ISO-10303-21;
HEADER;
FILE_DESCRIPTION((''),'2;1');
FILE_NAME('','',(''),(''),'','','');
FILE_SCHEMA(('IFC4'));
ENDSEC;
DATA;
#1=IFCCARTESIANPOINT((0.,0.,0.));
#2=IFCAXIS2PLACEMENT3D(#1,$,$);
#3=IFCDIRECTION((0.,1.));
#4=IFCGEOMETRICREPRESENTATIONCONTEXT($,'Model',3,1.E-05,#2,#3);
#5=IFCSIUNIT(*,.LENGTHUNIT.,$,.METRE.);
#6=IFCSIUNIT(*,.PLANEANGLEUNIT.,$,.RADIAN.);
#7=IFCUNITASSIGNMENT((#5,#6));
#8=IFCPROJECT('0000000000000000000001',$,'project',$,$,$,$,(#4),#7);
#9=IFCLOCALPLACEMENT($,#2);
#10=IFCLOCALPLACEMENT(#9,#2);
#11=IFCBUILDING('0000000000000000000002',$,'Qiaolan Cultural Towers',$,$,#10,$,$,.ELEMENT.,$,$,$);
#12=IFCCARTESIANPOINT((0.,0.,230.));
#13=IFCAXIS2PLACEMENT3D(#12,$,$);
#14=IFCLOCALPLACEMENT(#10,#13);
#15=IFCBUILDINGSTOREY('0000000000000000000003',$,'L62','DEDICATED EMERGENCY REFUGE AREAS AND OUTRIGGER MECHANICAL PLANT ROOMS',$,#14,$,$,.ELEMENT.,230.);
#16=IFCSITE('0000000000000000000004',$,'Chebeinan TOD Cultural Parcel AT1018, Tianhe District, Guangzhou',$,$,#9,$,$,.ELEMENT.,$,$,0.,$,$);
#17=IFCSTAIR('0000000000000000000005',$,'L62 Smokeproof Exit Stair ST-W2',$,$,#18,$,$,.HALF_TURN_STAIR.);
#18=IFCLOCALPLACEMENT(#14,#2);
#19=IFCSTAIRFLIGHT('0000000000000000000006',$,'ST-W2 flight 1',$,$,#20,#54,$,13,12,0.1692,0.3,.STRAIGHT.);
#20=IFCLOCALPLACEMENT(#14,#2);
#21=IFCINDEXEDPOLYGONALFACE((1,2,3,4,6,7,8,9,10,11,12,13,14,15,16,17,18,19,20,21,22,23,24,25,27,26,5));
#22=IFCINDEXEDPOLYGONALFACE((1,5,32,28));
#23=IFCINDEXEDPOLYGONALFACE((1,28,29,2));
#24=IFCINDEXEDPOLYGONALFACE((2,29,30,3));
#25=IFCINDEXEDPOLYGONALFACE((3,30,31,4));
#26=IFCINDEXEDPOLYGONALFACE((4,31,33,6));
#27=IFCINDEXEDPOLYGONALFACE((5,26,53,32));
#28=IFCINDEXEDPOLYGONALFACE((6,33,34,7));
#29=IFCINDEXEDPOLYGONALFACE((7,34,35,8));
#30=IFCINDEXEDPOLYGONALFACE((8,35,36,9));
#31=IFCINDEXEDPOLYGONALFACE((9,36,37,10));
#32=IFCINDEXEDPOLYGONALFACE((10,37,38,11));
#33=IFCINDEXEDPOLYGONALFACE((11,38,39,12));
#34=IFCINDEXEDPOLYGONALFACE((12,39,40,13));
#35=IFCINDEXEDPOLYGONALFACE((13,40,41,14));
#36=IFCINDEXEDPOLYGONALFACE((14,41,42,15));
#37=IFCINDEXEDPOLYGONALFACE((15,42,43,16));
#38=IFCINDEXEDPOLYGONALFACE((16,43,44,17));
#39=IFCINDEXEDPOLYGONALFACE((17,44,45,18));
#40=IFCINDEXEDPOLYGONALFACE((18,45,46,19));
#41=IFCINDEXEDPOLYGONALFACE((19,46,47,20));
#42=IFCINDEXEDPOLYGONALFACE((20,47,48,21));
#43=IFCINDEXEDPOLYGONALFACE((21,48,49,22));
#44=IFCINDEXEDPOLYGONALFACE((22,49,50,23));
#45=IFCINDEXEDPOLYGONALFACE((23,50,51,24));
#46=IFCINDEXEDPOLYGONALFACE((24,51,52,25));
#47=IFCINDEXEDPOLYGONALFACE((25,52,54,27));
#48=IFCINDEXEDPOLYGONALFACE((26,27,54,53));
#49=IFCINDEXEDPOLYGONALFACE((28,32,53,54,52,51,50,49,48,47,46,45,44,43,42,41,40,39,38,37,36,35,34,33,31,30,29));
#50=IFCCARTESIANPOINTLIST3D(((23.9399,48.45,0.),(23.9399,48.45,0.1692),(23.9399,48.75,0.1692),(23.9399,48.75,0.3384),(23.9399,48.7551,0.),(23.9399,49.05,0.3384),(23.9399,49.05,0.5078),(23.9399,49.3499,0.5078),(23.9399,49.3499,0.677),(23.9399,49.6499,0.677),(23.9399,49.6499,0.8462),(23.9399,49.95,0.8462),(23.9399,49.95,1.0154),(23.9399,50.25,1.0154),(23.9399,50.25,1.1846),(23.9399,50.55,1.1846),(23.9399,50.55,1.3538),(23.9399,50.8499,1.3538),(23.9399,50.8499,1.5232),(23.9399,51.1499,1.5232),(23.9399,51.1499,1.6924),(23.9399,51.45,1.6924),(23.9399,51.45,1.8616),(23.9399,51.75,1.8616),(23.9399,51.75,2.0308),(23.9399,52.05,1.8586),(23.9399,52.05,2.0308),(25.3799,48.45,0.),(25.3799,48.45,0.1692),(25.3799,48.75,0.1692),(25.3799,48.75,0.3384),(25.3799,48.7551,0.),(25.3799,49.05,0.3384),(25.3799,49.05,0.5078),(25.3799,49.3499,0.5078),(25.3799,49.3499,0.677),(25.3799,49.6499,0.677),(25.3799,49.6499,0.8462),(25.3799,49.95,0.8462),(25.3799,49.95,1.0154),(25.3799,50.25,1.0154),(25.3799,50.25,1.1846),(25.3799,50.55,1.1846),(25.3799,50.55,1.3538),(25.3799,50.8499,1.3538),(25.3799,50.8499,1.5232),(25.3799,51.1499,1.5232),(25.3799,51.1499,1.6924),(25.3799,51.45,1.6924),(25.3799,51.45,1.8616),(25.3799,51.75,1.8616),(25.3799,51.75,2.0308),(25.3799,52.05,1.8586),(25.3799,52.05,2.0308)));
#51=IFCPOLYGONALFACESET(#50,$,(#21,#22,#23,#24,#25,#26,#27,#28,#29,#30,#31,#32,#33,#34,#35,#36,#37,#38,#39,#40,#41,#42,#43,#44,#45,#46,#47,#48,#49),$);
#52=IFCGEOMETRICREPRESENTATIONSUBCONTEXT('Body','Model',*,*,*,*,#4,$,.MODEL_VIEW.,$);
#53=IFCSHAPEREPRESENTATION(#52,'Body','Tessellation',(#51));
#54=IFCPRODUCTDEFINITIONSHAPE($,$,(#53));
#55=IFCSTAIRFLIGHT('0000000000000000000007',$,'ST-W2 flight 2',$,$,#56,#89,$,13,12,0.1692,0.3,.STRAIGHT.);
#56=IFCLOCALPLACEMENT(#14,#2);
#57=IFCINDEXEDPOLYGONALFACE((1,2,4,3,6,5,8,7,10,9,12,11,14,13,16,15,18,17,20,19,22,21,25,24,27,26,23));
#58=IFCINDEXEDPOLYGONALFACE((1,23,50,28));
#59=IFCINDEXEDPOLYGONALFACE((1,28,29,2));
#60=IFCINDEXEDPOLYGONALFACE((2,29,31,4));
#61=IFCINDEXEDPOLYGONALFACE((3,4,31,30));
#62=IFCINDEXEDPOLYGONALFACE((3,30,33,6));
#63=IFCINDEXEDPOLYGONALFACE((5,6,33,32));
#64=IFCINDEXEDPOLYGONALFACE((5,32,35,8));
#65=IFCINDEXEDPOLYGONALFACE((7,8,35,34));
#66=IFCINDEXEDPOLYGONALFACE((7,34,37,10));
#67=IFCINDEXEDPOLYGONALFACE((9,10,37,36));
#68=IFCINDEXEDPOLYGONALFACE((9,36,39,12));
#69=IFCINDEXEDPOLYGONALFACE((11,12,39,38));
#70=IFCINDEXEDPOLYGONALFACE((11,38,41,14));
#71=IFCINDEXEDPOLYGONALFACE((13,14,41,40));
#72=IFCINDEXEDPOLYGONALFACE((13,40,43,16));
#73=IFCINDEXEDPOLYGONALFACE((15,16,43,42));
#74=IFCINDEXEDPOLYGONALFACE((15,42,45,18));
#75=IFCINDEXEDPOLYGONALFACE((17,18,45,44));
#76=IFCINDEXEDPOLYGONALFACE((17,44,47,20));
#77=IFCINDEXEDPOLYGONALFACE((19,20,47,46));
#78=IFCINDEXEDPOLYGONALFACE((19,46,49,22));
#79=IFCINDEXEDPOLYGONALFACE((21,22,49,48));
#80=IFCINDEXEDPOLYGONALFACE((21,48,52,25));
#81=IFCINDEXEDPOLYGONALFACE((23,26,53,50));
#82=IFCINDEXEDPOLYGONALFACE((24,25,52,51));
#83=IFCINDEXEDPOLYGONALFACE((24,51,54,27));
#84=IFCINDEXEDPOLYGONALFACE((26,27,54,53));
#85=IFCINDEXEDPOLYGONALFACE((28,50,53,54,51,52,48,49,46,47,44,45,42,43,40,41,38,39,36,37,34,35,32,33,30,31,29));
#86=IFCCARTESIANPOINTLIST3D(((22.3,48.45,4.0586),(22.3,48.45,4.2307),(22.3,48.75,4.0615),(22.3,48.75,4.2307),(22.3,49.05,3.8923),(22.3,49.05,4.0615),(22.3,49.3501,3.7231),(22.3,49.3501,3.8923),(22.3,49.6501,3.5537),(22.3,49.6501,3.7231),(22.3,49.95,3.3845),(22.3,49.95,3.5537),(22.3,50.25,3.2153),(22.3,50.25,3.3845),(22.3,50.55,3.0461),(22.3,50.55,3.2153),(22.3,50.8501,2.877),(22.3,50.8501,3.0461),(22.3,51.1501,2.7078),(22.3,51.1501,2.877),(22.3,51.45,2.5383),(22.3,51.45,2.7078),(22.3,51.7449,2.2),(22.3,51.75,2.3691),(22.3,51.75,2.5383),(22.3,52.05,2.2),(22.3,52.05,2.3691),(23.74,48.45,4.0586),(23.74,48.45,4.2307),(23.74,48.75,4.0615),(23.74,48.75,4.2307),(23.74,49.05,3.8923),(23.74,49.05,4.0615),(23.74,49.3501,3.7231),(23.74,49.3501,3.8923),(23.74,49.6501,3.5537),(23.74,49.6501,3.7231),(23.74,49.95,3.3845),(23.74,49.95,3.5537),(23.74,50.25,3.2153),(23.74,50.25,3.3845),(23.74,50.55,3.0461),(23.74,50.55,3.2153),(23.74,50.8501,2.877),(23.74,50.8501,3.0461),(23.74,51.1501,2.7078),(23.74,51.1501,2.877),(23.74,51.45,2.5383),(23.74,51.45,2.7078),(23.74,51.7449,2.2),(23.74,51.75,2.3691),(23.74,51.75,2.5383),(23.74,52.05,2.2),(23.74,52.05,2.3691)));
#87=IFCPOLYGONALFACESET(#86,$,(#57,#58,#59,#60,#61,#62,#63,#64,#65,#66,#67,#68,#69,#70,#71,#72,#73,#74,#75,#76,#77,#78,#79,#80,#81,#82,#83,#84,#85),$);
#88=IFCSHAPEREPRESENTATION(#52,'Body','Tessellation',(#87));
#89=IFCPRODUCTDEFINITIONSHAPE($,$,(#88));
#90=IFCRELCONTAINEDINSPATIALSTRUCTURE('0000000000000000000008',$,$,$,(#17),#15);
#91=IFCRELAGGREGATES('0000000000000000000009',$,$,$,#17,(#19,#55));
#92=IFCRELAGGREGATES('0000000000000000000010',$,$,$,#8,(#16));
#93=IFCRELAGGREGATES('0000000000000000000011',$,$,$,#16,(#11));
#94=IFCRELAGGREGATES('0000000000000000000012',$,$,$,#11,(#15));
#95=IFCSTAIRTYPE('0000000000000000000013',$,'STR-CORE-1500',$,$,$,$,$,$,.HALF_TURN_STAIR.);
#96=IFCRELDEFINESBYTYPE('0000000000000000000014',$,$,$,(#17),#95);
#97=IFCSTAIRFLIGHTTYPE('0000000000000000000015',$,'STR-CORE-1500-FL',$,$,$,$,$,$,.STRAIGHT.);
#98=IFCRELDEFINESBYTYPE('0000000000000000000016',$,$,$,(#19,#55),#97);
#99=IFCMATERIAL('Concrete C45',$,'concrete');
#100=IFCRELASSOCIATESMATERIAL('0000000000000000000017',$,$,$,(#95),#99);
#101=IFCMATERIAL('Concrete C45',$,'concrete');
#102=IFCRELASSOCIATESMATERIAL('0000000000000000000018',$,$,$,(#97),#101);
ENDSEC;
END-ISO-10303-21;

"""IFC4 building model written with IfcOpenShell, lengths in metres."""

from ifc_helpers import new_model, si_unit, direction, frame, origin, place, context, subcontext, project, spatial, polyline, outline, extrude, material, type_object, element, aggregate, save


model = new_model("IFC4")

# Units and contexts
model_context = context("Model", 3, precision=1e-05, world=origin(), true_north=direction((0.0, 1.0)))
body_context = subcontext(model_context, "Body", "Model", "MODEL_VIEW")
ifc_project = project(units=[si_unit("LENGTHUNIT", "METRE"), si_unit("PLANEANGLEUNIT", "RADIAN")], contexts=[model_context])

# Site, building, storey
site_placement = place(None, origin())
site = spatial("IfcSite", under=ifc_project, at=site_placement, Name="Chebeinan TOD Cultural Parcel AT1018, Tianhe District, Guangzhou", CompositionType="ELEMENT", RefElevation=0.0)
building_placement = place(site_placement, origin())
building = spatial("IfcBuilding", under=site, at=building_placement, Name="Qiaolan Cultural Towers", CompositionType="ELEMENT")
storey_placement = place(building_placement, frame((0.0, 0.0, 230.0)))
storey = spatial("IfcBuildingStorey", under=building, at=storey_placement, Name="L62", Description="DEDICATED EMERGENCY REFUGE AREAS AND OUTRIGGER MECHANICAL PLANT ROOMS", CompositionType="ELEMENT", Elevation=230.0)

# Stair, stair flights
ifc_material_1 = material(Name="Concrete C45", Category="concrete")
stair_type = type_object("IfcStairType", Name="STR-CORE-1500", PredefinedType="HALF_TURN_STAIR", material=ifc_material_1)
stair_placement = place(storey_placement, origin())
stair = element("IfcStair", 1, at=stair_placement, inside=storey, type_object=stair_type, Name="L62 Smokeproof Exit Stair ST-W2", PredefinedType="HALF_TURN_STAIR")
ifc_material_2 = material(Name="Concrete C45", Category="concrete")
stair_flight_type = type_object("IfcStairFlightType", Name="STR-CORE-1500-FL", PredefinedType="STRAIGHT", material=ifc_material_2)
stair_flight_1_placement = place(storey_placement, frame((24.6599, 48.45, 0.0), z_axis=(0.0, 0.0, 1.0), x_axis=(0.0, 1.0, 0.0)))
stair_flight_1 = element("IfcStairFlight", 2, at=stair_flight_1_placement, type_object=stair_flight_type, Name="ST-W2 flight 1", NumberOfRisers=13, NumberOfTreads=12, PredefinedType="STRAIGHT", RiserHeight=0.1692, TreadLength=0.3, context=body_context, shape_type="SweptSolid", body=[
    extrude(outline(polyline([(0.0, 0.0), (0.0, 0.1692), (0.3, 0.1692), (0.3, 0.3384), (0.6001, 0.3384), (0.6001, 0.5078), (0.8999, 0.5078), (0.8999, 0.677), (1.2, 0.677), (1.2, 0.8462), (1.5, 0.8462), (1.5, 1.0154), (1.8, 1.0154), (1.8, 1.1846), (2.1001, 1.1846), (2.1001, 1.3538), (2.3999, 1.3538), (2.3999, 1.5232), (2.7, 1.5232), (2.7, 1.6924), (3.0, 1.6924), (3.0, 1.8616), (3.3, 1.8616), (3.3, 2.0308), (3.6001, 2.0308), (3.6001, 2.2), (3.6001, 1.8586), (0.3052, 0.0), (0.0, 0.0)])), frame((0.0, 0.72, 0.0), z_axis=(0.0, -1.0, 0.0), x_axis=(1.0, 0.0, 0.0)), (0.0, 0.0, 1.0), 1.4399),
])
stair_flight_2_placement = place(storey_placement, frame((23.02, 52.05, 2.2), z_axis=(0.0, 0.0, 1.0), x_axis=(0.0, -1.0, 0.0)))
stair_flight_2 = element("IfcStairFlight", 3, at=stair_flight_2_placement, type_object=stair_flight_type, Name="ST-W2 flight 2", NumberOfRisers=13, NumberOfTreads=12, PredefinedType="STRAIGHT", RiserHeight=0.1692, TreadLength=0.3, context=body_context, shape_type="SweptSolid", body=[
    extrude(outline(polyline([(0.0, 0.0), (0.0, 0.1692), (0.3, 0.1692), (0.3, 0.3384), (0.6001, 0.3384), (0.6001, 0.5078), (0.8999, 0.5078), (0.8999, 0.677), (1.2, 0.677), (1.2, 0.8462), (1.5, 0.8462), (1.5, 1.0154), (1.8, 1.0154), (1.8, 1.1846), (2.1001, 1.1846), (2.1001, 1.3538), (2.3999, 1.3538), (2.3999, 1.5232), (2.7, 1.5232), (2.7, 1.6924), (3.0, 1.6924), (3.0, 1.8616), (3.3, 1.8616), (3.3, 2.0308), (3.6001, 2.0308), (3.6001, 2.2), (3.6001, 1.8586), (0.3052, 0.0), (0.0, 0.0)])), frame((0.0, 0.72, 0.0), z_axis=(0.0, -1.0, 0.0), x_axis=(1.0, 0.0, 0.0)), (0.0, 0.0, 1.0), 1.4399),
])
aggregate(stair, [stair_flight_1, stair_flight_2])

save(model, "model.ifc")
